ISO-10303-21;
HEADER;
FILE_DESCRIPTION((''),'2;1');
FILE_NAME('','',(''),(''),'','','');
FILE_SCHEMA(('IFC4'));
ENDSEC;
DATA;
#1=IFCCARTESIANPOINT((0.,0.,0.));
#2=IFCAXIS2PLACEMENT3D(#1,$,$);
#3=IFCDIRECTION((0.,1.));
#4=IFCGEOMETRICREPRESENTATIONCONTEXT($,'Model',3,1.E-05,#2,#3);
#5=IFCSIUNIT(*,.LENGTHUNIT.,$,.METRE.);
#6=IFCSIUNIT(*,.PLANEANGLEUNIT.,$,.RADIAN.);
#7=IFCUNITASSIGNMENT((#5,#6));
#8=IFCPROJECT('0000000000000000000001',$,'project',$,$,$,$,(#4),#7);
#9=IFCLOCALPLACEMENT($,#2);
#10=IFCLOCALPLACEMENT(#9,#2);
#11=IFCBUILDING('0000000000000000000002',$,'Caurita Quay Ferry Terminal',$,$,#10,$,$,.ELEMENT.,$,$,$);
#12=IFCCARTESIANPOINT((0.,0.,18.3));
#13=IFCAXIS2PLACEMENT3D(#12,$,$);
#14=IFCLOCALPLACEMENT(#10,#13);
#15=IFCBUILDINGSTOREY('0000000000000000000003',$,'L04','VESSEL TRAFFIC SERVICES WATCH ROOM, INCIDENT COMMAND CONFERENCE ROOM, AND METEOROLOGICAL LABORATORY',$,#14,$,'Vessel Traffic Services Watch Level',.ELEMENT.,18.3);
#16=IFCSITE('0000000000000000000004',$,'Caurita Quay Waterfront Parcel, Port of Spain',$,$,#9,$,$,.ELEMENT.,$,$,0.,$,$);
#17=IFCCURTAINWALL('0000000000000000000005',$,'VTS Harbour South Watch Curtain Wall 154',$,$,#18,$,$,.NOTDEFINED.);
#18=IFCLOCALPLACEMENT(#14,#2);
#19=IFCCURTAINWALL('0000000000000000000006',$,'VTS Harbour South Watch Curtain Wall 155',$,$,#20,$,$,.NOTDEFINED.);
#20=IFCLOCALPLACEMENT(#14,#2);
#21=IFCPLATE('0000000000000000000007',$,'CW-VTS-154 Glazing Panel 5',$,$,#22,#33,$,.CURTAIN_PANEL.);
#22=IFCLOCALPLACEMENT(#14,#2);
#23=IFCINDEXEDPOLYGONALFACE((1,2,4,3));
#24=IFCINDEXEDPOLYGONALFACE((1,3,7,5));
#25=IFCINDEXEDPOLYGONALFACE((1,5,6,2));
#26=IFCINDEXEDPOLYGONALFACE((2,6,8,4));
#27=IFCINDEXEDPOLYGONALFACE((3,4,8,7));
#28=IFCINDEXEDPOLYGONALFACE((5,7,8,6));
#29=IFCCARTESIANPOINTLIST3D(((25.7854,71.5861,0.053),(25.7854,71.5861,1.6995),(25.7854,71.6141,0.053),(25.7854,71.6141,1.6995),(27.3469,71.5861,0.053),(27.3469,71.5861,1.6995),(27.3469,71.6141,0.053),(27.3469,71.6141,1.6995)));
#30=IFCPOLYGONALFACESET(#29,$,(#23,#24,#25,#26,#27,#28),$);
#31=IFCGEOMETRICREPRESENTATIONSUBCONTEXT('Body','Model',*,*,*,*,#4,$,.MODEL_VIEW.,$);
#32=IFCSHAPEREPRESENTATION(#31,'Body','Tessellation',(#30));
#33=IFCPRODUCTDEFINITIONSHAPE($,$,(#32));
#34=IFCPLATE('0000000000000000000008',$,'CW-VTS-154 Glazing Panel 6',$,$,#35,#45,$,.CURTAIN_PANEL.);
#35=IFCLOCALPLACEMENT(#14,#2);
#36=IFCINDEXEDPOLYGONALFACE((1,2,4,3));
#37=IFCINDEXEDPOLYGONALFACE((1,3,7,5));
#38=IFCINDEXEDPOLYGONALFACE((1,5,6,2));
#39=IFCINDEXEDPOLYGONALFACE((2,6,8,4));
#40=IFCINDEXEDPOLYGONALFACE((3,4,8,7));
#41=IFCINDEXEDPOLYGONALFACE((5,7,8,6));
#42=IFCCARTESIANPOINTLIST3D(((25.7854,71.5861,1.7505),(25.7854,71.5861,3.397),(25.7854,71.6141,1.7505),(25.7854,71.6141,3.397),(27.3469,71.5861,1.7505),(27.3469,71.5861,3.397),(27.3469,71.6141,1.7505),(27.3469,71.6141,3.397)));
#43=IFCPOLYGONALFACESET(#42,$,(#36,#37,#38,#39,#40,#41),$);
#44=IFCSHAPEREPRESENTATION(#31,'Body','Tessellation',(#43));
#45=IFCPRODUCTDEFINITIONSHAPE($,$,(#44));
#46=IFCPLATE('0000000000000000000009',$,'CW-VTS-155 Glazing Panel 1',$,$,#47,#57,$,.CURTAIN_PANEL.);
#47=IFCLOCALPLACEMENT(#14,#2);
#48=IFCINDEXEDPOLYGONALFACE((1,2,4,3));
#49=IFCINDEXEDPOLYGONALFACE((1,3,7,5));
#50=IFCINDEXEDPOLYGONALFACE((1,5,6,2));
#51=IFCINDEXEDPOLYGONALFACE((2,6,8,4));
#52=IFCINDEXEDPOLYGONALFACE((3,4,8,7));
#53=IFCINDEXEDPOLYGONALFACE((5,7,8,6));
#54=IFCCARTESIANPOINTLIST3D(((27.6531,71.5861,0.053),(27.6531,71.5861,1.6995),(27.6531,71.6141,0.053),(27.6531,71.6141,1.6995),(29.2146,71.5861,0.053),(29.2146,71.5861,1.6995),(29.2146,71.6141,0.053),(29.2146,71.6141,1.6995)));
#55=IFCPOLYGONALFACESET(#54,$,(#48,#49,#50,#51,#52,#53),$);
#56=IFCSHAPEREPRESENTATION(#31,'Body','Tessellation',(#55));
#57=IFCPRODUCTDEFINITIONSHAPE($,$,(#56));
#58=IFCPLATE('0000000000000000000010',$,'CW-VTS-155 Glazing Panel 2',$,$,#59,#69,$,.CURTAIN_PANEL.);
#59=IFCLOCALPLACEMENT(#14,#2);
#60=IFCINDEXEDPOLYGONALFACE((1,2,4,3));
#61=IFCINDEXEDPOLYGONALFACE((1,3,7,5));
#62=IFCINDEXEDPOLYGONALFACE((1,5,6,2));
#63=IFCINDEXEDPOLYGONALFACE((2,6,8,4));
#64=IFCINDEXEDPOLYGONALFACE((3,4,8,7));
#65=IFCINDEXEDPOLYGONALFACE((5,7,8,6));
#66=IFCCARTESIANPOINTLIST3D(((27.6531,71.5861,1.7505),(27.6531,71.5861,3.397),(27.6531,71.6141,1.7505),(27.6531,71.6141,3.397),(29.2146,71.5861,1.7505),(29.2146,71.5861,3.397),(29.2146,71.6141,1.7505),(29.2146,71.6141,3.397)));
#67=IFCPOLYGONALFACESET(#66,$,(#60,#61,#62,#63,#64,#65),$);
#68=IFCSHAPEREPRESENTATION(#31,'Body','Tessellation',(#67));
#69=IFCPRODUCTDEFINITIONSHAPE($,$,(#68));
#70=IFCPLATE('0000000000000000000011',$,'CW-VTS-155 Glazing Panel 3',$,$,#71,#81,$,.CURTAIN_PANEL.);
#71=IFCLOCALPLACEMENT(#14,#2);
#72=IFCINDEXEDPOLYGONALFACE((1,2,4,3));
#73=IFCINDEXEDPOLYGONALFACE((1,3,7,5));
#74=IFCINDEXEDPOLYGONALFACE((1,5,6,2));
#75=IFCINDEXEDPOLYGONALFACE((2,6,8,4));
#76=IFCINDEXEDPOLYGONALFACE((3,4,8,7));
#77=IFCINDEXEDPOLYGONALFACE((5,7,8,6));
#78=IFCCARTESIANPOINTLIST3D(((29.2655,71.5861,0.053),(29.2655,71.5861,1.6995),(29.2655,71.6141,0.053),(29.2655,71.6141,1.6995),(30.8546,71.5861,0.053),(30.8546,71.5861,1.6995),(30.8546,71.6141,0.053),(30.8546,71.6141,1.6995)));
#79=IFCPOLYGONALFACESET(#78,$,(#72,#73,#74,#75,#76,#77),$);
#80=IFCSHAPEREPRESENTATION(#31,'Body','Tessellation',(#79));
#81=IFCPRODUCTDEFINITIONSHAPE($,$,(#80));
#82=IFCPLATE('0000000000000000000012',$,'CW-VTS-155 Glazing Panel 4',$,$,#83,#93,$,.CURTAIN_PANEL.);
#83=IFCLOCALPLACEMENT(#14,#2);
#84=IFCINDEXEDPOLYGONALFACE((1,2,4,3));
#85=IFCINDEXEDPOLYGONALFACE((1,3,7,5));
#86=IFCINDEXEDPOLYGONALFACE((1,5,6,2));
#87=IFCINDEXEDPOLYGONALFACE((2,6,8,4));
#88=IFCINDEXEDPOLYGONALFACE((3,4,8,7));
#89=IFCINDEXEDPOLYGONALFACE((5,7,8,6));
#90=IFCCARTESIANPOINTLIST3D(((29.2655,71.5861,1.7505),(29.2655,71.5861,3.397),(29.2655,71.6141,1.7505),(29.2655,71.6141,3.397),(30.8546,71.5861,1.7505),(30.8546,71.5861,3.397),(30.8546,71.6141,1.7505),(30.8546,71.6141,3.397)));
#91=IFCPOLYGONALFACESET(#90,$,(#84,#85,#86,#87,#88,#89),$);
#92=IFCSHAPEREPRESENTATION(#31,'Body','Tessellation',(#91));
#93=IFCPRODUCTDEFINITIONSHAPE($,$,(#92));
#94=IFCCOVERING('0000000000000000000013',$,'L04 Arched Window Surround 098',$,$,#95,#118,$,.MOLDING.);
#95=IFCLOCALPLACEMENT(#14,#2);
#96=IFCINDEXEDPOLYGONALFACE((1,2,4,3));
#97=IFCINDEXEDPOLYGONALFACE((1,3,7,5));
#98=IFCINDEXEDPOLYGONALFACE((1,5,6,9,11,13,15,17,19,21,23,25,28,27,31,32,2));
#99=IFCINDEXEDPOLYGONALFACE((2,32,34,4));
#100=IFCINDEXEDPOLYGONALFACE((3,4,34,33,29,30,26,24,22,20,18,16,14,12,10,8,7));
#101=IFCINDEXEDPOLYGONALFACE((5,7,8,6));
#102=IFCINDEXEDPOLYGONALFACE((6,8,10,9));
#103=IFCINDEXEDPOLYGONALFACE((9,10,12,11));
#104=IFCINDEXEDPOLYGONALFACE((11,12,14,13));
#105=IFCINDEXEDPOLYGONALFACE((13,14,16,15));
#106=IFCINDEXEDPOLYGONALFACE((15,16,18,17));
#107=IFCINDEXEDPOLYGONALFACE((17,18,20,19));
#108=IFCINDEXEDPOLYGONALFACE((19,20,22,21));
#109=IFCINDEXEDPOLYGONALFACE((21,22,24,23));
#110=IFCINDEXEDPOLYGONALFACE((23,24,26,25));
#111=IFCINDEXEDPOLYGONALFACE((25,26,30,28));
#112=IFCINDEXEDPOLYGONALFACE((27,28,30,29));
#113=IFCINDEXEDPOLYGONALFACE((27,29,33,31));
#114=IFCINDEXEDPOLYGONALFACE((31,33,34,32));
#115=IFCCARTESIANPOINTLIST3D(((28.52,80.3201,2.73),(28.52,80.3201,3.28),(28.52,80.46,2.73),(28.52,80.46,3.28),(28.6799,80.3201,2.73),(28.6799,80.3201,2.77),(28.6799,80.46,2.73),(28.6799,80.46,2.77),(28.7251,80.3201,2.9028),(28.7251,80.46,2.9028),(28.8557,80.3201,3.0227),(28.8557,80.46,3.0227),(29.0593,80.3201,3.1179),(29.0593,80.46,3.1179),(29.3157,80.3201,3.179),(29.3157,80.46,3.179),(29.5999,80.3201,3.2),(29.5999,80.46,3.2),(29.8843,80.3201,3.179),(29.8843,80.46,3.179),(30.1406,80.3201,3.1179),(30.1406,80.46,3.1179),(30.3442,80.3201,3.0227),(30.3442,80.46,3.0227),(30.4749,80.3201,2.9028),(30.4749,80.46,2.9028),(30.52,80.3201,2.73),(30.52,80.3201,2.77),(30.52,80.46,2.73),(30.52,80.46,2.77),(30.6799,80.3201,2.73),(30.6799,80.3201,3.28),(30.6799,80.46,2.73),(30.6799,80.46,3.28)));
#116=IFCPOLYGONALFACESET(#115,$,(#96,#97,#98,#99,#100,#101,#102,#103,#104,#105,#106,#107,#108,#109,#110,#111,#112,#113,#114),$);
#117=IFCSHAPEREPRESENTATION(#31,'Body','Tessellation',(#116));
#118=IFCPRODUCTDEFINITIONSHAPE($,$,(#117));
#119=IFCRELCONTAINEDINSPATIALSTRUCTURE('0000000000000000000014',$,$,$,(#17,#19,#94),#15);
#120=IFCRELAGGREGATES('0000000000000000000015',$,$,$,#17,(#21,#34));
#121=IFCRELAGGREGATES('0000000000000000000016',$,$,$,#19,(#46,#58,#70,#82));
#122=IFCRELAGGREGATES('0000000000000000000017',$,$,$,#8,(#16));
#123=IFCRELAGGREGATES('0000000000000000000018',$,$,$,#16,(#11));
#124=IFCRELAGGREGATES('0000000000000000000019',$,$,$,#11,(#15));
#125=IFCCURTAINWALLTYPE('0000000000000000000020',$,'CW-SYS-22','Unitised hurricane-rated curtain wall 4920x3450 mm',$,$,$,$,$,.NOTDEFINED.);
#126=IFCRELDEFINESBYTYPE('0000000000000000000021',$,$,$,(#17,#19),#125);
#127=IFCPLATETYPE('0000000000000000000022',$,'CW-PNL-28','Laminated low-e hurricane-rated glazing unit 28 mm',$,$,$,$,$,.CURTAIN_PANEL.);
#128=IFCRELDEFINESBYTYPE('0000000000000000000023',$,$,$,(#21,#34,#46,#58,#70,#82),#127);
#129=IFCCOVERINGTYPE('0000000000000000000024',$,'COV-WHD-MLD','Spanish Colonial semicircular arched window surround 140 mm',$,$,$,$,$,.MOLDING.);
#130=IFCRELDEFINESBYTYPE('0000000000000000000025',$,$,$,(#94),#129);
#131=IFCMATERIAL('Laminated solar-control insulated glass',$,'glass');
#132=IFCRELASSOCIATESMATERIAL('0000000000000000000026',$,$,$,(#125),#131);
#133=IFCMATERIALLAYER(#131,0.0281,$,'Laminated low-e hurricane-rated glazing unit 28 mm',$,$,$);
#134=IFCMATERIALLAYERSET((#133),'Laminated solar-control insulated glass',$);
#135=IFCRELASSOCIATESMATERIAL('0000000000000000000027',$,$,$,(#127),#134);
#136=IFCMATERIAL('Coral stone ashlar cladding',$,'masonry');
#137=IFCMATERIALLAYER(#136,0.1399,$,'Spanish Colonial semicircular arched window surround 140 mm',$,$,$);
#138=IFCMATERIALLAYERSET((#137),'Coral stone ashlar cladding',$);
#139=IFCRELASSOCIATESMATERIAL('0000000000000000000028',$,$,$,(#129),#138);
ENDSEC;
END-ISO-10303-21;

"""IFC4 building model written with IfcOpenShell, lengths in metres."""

from ifc_helpers import new_model, si_unit, direction, frame, origin, origin_2d, place, context, subcontext, project, spatial, polyline, rectangle, outline, extrude, material, layer, layer_set, type_object, element, aggregate, save


model = new_model("IFC4")

# Units and contexts
model_context = context("Model", 3, precision=1e-05, world=origin(), true_north=direction((0.0, 1.0)))
body_context = subcontext(model_context, "Body", "Model", "MODEL_VIEW")
ifc_project = project(units=[si_unit("LENGTHUNIT", "METRE"), si_unit("PLANEANGLEUNIT", "RADIAN")], contexts=[model_context])

# Site, building, storey
site_placement = place(None, origin())
site = spatial("IfcSite", under=ifc_project, at=site_placement, Name="Caurita Quay Waterfront Parcel, Port of Spain", CompositionType="ELEMENT", RefElevation=0.0)
building_placement = place(site_placement, origin())
building = spatial("IfcBuilding", under=site, at=building_placement, Name="Caurita Quay Ferry Terminal", CompositionType="ELEMENT")
storey_placement = place(building_placement, frame((0.0, 0.0, 18.3)))
storey = spatial("IfcBuildingStorey", under=building, at=storey_placement, Name="L04", Description="VESSEL TRAFFIC SERVICES WATCH ROOM, INCIDENT COMMAND CONFERENCE ROOM, AND METEOROLOGICAL LABORATORY", LongName="Vessel Traffic Services Watch Level", CompositionType="ELEMENT", Elevation=18.3)

# Curtain walls
ifc_material_1 = material(Name="Laminated solar-control insulated glass", Category="glass")
curtain_wall_type = type_object("IfcCurtainWallType", Name="CW-SYS-22", Description="Unitised hurricane-rated curtain wall 4920x3450 mm", PredefinedType="NOTDEFINED", material=ifc_material_1)
curtain_wall_1_placement = place(storey_placement, origin())
curtain_wall_1 = element("IfcCurtainWall", 1, at=curtain_wall_1_placement, inside=storey, type_object=curtain_wall_type, Name="VTS Harbour South Watch Curtain Wall 154", PredefinedType="NOTDEFINED")
curtain_wall_2_placement = place(storey_placement, origin())
curtain_wall_2 = element("IfcCurtainWall", 2, at=curtain_wall_2_placement, inside=storey, type_object=curtain_wall_type, Name="VTS Harbour South Watch Curtain Wall 155", PredefinedType="NOTDEFINED")

# Plates
ifc_layer_1 = layer(ifc_material_1, 0.0281, Name="Laminated low-e hurricane-rated glazing unit 28 mm")
ifc_layer_set_1 = layer_set([ifc_layer_1], Name="Laminated solar-control insulated glass")
plate_type = type_object("IfcPlateType", Name="CW-PNL-28", Description="Laminated low-e hurricane-rated glazing unit 28 mm", PredefinedType="CURTAIN_PANEL", material=ifc_layer_set_1)
plate_1_placement = place(storey_placement, frame((26.5662, 71.6001, 0.053), z_axis=(0.0, 0.0, 1.0), x_axis=(1.0, 0.0, 0.0)))
plate_1 = element("IfcPlate", 3, at=plate_1_placement, type_object=plate_type, Name="CW-VTS-154 Glazing Panel 5", PredefinedType="CURTAIN_PANEL", context=body_context, shape_type="SweptSolid", body=[
    extrude(rectangle(XDim=1.5615, YDim=0.0281, at=origin_2d()), origin(), (0.0, 0.0, 1.0), 1.6465),
])
plate_2_placement = place(storey_placement, frame((26.5662, 71.6001, 1.7505), z_axis=(0.0, 0.0, 1.0), x_axis=(1.0, 0.0, 0.0)))
plate_2 = element("IfcPlate", 4, at=plate_2_placement, type_object=plate_type, Name="CW-VTS-154 Glazing Panel 6", PredefinedType="CURTAIN_PANEL", context=body_context, shape_type="SweptSolid", body=[
    extrude(rectangle(XDim=1.5615, YDim=0.0281, at=origin_2d()), origin(), (0.0, 0.0, 1.0), 1.6465),
])
aggregate(curtain_wall_1, [plate_1, plate_2])
plate_3_placement = place(storey_placement, frame((28.4338, 71.6001, 0.053), z_axis=(0.0, 0.0, 1.0), x_axis=(1.0, 0.0, 0.0)))
plate_3 = element("IfcPlate", 5, at=plate_3_placement, type_object=plate_type, Name="CW-VTS-155 Glazing Panel 1", PredefinedType="CURTAIN_PANEL", context=body_context, shape_type="SweptSolid", body=[
    extrude(rectangle(XDim=1.5615, YDim=0.0281, at=origin_2d()), origin(), (0.0, 0.0, 1.0), 1.6465),
])
plate_4_placement = place(storey_placement, frame((28.4338, 71.6001, 1.7505), z_axis=(0.0, 0.0, 1.0), x_axis=(1.0, 0.0, 0.0)))
plate_4 = element("IfcPlate", 6, at=plate_4_placement, type_object=plate_type, Name="CW-VTS-155 Glazing Panel 2", PredefinedType="CURTAIN_PANEL", context=body_context, shape_type="SweptSolid", body=[
    extrude(rectangle(XDim=1.5615, YDim=0.0281, at=origin_2d()), origin(), (0.0, 0.0, 1.0), 1.6465),
])
plate_5_placement = place(storey_placement, frame((30.0601, 71.6001, 0.053), z_axis=(0.0, 0.0, 1.0), x_axis=(1.0, 0.0, 0.0)))
plate_5 = element("IfcPlate", 7, at=plate_5_placement, type_object=plate_type, Name="CW-VTS-155 Glazing Panel 3", PredefinedType="CURTAIN_PANEL", context=body_context, shape_type="SweptSolid", body=[
    extrude(rectangle(XDim=1.5891, YDim=0.0281, at=origin_2d()), origin(), (0.0, 0.0, 1.0), 1.6465),
])
plate_6_placement = place(storey_placement, frame((30.0601, 71.6001, 1.7505), z_axis=(0.0, 0.0, 1.0), x_axis=(1.0, 0.0, 0.0)))
plate_6 = element("IfcPlate", 8, at=plate_6_placement, type_object=plate_type, Name="CW-VTS-155 Glazing Panel 4", PredefinedType="CURTAIN_PANEL", context=body_context, shape_type="SweptSolid", body=[
    extrude(rectangle(XDim=1.5891, YDim=0.0281, at=origin_2d()), origin(), (0.0, 0.0, 1.0), 1.6465),
])
aggregate(curtain_wall_2, [plate_3, plate_4, plate_5, plate_6])

# Covering
ifc_material_2 = material(Name="Coral stone ashlar cladding", Category="masonry")
ifc_layer_2 = layer(ifc_material_2, 0.1399, Name="Spanish Colonial semicircular arched window surround 140 mm")
ifc_layer_set_2 = layer_set([ifc_layer_2], Name="Coral stone ashlar cladding")
covering_type = type_object("IfcCoveringType", Name="COV-WHD-MLD", Description="Spanish Colonial semicircular arched window surround 140 mm", PredefinedType="MOLDING", material=ifc_layer_set_2)
covering_placement = place(storey_placement, frame((30.6799, 80.3899, 2.73), z_axis=(0.0, 0.0, 1.0), x_axis=(-1.0, 0.0, 0.0)))
element("IfcCovering", 9, at=covering_placement, inside=storey, type_object=covering_type, Name="L04 Arched Window Surround 098", PredefinedType="MOLDING", context=body_context, shape_type="SweptSolid", body=[
    extrude(outline(polyline([(0.0, 0.0), (0.1599, 0.0), (0.1599, 0.04), (0.2051, 0.1729), (0.3357, 0.2927), (0.5393, 0.3879), (0.7957, 0.449), (1.0801, 0.47), (1.3643, 0.449), (1.6206, 0.3879), (1.8242, 0.2927), (1.9548, 0.1729), (2.0, 0.04), (2.0, 0.0), (2.1599, 0.0), (2.1599, 0.55), (0.0, 0.55), (0.0, 0.0)])), frame((0.0, 0.0698, 0.0), z_axis=(0.0, -1.0, 0.0), x_axis=(1.0, 0.0, 0.0)), (0.0, 0.0, 1.0), 0.1399),
])

save(model, "model.ifc")
